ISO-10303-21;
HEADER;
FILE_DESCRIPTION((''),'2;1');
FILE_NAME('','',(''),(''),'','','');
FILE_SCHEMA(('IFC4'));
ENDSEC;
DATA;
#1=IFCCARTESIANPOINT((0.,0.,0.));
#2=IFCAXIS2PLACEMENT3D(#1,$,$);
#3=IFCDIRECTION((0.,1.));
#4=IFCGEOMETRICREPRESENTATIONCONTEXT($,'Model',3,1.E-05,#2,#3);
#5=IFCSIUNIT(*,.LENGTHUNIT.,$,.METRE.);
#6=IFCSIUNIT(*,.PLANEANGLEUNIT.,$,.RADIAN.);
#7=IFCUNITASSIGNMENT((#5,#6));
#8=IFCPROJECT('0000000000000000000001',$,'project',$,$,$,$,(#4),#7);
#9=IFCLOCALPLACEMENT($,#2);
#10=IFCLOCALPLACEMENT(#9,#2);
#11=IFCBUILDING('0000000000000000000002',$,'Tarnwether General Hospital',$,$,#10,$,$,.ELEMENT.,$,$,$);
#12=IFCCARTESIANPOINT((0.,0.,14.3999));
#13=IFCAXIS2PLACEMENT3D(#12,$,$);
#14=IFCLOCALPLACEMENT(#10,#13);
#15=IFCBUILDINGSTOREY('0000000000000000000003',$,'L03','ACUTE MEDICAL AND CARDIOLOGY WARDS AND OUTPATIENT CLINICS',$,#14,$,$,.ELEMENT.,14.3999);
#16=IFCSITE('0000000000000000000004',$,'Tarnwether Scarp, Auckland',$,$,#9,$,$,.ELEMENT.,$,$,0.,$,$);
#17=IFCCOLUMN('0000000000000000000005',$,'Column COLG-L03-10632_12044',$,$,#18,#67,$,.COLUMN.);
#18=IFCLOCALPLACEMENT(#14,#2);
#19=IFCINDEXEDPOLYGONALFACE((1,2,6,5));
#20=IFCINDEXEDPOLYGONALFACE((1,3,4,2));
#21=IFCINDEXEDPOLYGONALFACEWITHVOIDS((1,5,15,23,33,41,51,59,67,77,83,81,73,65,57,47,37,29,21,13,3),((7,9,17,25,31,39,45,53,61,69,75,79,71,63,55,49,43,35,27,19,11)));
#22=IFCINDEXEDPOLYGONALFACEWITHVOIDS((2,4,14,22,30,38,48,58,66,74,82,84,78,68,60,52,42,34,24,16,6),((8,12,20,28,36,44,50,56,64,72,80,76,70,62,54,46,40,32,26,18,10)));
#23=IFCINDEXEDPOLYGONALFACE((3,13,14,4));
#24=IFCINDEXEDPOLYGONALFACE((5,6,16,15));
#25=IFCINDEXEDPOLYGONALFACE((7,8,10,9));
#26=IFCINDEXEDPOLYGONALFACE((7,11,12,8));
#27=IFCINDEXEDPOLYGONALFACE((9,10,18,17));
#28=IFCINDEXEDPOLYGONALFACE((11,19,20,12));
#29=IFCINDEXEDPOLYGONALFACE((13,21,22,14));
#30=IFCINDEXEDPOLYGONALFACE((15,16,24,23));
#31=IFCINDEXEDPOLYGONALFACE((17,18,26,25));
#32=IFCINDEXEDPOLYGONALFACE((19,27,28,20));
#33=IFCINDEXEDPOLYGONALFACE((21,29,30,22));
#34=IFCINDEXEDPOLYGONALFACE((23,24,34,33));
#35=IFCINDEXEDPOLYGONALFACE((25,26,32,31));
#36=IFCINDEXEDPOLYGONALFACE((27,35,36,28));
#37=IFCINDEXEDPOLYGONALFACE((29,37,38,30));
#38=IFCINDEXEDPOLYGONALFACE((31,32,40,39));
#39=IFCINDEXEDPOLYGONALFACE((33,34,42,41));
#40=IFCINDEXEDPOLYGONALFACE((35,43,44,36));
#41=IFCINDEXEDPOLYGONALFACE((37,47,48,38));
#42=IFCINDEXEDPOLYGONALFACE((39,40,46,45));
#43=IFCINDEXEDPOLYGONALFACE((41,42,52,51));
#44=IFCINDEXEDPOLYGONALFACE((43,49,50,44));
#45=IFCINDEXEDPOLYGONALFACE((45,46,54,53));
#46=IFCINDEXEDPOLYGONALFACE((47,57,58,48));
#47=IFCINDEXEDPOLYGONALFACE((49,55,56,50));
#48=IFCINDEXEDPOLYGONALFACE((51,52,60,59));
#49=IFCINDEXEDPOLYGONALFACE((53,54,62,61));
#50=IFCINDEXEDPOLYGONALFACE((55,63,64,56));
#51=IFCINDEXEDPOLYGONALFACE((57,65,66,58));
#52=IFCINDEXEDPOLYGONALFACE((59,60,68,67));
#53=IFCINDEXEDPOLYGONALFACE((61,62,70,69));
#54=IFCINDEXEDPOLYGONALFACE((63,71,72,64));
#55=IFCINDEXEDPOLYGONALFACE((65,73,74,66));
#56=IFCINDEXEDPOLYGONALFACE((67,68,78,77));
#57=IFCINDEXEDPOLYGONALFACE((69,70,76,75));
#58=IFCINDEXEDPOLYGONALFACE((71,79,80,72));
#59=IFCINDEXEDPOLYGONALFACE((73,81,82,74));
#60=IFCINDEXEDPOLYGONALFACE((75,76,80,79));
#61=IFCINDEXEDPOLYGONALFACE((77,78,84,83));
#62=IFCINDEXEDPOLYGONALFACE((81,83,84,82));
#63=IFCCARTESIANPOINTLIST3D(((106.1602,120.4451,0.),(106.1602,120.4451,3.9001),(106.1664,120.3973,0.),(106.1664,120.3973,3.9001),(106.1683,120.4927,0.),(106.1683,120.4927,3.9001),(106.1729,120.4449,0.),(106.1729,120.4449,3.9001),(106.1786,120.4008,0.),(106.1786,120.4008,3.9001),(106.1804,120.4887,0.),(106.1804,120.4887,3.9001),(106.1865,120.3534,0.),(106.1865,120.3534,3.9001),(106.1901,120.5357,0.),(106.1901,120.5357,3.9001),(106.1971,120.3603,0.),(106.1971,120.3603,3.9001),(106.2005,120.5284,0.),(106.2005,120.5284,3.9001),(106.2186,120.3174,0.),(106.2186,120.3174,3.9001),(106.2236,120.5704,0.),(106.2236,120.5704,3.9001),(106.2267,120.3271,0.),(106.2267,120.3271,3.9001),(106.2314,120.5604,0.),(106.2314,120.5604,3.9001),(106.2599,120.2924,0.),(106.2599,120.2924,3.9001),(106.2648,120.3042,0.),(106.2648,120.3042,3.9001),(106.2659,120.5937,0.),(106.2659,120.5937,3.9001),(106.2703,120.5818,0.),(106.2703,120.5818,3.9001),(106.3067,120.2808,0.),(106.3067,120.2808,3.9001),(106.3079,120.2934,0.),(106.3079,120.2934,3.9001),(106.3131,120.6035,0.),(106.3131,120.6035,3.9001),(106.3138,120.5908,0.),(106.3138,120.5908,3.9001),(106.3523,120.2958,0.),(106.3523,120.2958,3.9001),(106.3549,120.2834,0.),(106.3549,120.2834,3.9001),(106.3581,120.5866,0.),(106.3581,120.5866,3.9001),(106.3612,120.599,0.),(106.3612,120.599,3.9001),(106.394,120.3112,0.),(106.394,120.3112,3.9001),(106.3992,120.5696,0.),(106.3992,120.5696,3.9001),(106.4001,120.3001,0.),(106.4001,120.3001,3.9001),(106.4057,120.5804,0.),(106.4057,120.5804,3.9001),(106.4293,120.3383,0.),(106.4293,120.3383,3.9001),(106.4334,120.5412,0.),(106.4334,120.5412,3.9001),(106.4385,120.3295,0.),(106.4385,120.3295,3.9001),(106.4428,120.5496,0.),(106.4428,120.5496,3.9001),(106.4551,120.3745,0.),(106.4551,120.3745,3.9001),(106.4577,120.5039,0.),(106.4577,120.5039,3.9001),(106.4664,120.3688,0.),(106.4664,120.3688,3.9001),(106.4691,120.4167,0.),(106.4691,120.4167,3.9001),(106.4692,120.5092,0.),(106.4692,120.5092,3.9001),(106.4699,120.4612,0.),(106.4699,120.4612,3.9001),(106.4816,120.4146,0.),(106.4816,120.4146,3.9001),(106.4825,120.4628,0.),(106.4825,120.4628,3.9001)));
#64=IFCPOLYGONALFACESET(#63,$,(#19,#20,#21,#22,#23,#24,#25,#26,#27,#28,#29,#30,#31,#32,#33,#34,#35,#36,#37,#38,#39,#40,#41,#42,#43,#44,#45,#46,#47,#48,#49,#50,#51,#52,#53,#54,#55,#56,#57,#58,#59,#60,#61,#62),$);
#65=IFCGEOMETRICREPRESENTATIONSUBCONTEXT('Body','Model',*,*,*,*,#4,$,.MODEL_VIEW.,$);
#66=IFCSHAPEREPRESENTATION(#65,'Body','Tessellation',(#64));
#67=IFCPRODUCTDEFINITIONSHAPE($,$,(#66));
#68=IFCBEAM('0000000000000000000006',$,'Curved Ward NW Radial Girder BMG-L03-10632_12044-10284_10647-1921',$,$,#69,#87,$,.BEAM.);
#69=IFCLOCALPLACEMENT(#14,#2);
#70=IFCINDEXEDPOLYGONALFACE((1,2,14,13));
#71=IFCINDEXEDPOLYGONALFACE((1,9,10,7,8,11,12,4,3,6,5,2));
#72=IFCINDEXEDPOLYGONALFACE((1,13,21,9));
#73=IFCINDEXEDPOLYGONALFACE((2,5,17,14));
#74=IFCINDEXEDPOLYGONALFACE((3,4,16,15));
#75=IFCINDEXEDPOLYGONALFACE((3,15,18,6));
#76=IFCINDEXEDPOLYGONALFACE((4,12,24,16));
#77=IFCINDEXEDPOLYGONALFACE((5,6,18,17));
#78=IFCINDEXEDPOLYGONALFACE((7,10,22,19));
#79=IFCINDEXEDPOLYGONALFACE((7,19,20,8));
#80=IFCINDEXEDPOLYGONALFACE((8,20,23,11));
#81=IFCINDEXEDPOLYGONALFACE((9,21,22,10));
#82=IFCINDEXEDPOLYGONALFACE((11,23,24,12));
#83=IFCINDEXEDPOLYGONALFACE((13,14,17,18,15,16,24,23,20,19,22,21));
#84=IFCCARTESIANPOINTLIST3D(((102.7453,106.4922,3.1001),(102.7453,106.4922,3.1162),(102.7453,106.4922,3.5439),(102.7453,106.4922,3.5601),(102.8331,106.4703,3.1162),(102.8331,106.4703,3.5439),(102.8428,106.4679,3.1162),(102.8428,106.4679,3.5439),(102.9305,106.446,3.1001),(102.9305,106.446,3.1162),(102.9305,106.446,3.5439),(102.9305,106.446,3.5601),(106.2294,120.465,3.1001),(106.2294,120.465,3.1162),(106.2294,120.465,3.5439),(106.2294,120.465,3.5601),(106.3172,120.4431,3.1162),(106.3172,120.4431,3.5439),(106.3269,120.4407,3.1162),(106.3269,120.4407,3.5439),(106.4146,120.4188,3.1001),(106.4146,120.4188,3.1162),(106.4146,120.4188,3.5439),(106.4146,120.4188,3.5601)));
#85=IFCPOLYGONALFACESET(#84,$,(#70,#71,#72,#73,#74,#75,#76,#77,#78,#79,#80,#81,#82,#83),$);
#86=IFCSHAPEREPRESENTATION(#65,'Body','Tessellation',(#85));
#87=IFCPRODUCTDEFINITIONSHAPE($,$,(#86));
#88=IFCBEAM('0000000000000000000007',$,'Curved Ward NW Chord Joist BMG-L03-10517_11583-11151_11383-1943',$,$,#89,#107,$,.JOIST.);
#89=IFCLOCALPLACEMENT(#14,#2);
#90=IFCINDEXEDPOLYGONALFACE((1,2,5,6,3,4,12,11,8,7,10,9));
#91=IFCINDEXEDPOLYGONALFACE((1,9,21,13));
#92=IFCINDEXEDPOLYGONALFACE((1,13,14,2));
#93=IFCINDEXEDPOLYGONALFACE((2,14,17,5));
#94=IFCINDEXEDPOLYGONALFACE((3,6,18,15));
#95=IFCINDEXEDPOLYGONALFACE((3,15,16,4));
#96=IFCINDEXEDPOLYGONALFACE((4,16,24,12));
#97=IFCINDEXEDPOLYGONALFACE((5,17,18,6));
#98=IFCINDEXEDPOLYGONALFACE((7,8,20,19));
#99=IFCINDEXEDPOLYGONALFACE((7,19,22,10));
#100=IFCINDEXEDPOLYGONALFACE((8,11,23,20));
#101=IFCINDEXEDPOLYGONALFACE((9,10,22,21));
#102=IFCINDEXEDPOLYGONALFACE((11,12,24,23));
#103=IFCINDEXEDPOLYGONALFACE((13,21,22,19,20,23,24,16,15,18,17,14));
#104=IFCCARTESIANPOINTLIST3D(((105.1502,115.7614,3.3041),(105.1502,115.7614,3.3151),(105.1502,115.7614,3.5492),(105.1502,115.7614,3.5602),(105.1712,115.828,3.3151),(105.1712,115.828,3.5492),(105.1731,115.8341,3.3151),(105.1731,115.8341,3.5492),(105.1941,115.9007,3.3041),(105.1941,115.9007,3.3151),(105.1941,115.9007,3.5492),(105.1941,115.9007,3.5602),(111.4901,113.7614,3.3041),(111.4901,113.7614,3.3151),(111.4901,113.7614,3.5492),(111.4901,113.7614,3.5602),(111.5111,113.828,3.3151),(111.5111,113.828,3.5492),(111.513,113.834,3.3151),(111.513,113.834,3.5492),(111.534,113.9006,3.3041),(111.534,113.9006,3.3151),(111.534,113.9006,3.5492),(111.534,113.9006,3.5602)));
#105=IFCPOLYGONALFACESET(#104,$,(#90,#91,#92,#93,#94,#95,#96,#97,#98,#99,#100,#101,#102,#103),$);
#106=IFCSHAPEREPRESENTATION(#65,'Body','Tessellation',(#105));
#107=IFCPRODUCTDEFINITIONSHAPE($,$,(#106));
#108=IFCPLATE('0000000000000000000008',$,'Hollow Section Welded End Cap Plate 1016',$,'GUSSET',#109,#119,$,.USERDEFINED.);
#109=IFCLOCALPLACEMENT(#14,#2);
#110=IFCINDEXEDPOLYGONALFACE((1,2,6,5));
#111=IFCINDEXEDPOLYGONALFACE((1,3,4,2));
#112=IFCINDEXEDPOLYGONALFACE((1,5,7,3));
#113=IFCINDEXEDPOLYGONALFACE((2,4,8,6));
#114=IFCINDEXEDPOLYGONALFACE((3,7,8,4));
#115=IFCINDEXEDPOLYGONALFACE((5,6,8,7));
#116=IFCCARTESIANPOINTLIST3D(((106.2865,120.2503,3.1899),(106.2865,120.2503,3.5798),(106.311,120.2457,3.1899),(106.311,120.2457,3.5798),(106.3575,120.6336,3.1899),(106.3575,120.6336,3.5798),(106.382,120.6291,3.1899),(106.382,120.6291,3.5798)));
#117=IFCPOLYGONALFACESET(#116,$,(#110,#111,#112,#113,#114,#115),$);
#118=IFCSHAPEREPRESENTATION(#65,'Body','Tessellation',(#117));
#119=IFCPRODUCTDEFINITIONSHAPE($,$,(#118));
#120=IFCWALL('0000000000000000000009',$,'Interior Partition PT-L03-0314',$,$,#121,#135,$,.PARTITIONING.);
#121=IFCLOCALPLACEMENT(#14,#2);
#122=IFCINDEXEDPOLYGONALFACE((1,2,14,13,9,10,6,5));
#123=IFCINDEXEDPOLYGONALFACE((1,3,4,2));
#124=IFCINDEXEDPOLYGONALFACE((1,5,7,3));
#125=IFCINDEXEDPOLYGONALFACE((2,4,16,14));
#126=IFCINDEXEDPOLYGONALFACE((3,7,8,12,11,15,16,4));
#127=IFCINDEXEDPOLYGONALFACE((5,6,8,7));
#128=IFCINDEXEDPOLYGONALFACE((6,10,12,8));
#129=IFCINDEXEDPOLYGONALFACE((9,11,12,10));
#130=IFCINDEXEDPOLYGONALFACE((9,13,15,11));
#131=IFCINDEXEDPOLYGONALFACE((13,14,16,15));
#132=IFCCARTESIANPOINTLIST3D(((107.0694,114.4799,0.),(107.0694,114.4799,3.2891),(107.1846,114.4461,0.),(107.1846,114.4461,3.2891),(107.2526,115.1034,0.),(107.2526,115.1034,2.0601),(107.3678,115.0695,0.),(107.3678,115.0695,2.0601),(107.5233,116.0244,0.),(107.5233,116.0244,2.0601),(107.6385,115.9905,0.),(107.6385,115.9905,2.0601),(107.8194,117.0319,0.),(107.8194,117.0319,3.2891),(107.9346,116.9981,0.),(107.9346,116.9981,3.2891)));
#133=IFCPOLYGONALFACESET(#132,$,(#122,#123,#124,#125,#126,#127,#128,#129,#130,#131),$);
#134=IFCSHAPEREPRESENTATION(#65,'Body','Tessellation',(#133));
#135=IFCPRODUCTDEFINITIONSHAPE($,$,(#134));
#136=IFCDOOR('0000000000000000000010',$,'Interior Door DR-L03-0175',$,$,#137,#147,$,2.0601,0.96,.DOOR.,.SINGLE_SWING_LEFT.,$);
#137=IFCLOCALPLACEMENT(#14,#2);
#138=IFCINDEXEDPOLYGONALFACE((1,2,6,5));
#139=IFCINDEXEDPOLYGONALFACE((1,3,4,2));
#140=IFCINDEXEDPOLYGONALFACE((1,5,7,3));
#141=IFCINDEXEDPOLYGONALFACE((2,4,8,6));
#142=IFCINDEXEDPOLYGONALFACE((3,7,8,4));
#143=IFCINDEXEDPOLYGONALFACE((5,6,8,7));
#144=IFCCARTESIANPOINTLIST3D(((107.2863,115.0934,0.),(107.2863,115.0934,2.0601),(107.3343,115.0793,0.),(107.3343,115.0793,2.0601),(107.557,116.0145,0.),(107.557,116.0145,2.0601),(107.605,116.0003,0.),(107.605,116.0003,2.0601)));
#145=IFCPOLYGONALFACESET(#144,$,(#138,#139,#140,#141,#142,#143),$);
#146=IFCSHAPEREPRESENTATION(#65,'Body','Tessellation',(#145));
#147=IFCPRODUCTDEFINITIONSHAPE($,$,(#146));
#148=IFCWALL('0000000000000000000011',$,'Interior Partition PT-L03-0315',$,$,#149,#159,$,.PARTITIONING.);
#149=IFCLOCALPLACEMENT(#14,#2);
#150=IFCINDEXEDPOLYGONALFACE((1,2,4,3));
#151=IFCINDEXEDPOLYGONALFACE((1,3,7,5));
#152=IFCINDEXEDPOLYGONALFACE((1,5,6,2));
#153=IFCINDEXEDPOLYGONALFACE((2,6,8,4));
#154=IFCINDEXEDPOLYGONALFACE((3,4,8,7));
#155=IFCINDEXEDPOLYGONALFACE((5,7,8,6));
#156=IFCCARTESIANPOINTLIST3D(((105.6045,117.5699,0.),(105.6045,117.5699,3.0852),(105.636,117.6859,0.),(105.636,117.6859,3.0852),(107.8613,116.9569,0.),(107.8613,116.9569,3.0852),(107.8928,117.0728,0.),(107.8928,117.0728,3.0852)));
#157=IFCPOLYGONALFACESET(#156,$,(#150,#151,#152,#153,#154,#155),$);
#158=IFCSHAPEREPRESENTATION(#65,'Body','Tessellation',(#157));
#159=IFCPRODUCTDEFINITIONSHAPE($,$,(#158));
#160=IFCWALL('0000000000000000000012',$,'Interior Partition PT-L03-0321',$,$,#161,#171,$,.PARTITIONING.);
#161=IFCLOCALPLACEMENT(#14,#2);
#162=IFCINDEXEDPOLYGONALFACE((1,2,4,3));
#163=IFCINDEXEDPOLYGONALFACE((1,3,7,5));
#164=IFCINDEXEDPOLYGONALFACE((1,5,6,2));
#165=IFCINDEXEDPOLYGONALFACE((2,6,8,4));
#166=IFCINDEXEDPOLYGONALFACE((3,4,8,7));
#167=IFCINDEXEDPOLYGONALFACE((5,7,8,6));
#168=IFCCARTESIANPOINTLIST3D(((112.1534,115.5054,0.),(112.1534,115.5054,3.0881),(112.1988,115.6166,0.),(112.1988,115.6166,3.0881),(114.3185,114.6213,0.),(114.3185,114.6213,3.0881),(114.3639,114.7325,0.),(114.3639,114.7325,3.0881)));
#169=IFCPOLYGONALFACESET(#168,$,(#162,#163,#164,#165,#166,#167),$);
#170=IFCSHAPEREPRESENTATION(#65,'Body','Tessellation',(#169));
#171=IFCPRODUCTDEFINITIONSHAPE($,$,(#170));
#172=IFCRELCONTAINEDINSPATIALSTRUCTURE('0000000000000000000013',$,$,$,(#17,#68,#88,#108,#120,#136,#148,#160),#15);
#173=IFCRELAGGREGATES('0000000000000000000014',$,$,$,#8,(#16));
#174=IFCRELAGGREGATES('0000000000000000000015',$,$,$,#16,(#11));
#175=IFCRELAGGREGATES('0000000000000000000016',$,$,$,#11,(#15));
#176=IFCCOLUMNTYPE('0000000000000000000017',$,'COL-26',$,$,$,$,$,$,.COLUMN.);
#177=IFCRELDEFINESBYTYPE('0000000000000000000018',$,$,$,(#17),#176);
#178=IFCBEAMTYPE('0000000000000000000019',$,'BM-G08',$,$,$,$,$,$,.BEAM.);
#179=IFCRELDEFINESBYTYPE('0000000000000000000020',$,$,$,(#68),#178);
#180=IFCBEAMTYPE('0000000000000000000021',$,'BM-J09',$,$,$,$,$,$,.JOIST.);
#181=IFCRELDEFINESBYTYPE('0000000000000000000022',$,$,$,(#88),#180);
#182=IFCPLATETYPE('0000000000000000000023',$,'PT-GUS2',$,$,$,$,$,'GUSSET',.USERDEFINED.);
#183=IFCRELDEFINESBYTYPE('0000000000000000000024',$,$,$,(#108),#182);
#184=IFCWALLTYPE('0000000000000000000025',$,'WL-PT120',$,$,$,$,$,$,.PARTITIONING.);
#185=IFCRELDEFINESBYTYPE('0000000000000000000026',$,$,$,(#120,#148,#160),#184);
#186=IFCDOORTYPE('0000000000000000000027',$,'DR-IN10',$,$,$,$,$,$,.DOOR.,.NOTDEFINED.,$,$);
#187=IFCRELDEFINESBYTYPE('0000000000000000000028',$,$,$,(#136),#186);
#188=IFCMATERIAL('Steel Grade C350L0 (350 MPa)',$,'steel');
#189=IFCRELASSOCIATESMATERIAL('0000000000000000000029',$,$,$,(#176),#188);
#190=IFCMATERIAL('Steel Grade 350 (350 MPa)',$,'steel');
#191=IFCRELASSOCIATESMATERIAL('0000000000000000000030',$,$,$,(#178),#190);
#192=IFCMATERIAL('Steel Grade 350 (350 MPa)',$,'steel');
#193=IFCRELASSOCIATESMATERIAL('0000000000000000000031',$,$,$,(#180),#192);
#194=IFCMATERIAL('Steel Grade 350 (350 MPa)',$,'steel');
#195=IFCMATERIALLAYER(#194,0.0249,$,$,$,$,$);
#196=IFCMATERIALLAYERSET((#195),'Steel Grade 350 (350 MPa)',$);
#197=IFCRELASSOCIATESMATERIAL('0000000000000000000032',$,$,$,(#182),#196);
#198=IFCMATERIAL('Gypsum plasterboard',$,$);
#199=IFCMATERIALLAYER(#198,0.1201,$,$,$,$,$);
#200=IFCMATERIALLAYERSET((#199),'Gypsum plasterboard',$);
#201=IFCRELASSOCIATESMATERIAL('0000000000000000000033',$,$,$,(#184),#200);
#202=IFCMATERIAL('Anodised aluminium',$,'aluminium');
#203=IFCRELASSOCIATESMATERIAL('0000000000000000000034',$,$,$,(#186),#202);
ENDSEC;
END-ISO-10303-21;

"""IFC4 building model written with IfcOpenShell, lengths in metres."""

from ifc_helpers import new_model, si_unit, direction, frame, frame_2d, origin, origin_2d, place, context, subcontext, project, spatial, rectangle, hollow_circle, i_section, extrude, material, layer, layer_set, material_profile, profile_set, type_object, element, fill, save


model = new_model("IFC4")

# Units and contexts
model_context = context("Model", 3, precision=1e-05, world=origin(), true_north=direction((0.0, 1.0)))
body_context = subcontext(model_context, "Body", "Model", "MODEL_VIEW")
ifc_project = project(units=[si_unit("LENGTHUNIT", "METRE"), si_unit("PLANEANGLEUNIT", "RADIAN")], contexts=[model_context])

# Site, building, storey
site_placement = place(None, origin())
site = spatial("IfcSite", under=ifc_project, at=site_placement, Name="Tarnwether Scarp, Auckland", CompositionType="ELEMENT", RefElevation=0.0)
building_placement = place(site_placement, origin())
building = spatial("IfcBuilding", under=site, at=building_placement, Name="Tarnwether General Hospital", CompositionType="ELEMENT")
storey_placement = place(building_placement, frame((0.0, 0.0, 14.3999)))
storey = spatial("IfcBuildingStorey", under=building, at=storey_placement, Name="L03", Description="ACUTE MEDICAL AND CARDIOLOGY WARDS AND OUTPATIENT CLINICS", CompositionType="ELEMENT", Elevation=14.3999)

# Column
ifc_material_1 = material(Name="Steel Grade C350L0 (350 MPa)", Category="steel")
ifc_material_profile_1 = material_profile(ifc_material_1, hollow_circle(Radius=0.1619, WallThickness=0.0127, at=origin_2d()), Name="CHS323.9x12.7")
ifc_profile_set_1 = profile_set([ifc_material_profile_1], Name="Steel Grade C350L0 (350 MPa)")
column_type = type_object("IfcColumnType", Name="COL-26", PredefinedType="COLUMN", material=ifc_profile_set_1)
column_placement = place(storey_placement, frame((106.322, 120.4419, 0.0), z_axis=(0.0, 0.0, 1.0), x_axis=(0.241922, 0.970296, 0.0)))
element("IfcColumn", 1, at=column_placement, inside=storey, type_object=column_type, Name="Column COLG-L03-10632_12044", PredefinedType="COLUMN", context=body_context, shape_type="SweptSolid", body=[
    extrude(hollow_circle(Radius=0.1619, WallThickness=0.0127, at=origin_2d()), origin(), (0.0, 0.0, 1.0), 3.9001),
])

# Beams
ifc_material_2 = material(Name="Steel Grade 350 (350 MPa)", Category="steel")
ifc_material_profile_2 = material_profile(ifc_material_2, i_section(OverallWidth=0.1909, OverallDepth=0.46, WebThickness=0.01, FlangeThickness=0.0161, at=origin_2d()), Name="460UB82.1")
ifc_profile_set_2 = profile_set([ifc_material_profile_2], Name="Steel Grade 350 (350 MPa)")
beam_type_1 = type_object("IfcBeamType", Name="BM-G08", PredefinedType="BEAM", material=ifc_profile_set_2)
beam_1_placement = place(storey_placement, frame((106.322, 120.4419, 3.3301), z_axis=(-0.241941, -0.970291, 0.0), x_axis=(0.970291, -0.241941, 0.0)))
element("IfcBeam", 2, at=beam_1_placement, inside=storey, type_object=beam_type_1, Name="Curved Ward NW Radial Girder BMG-L03-10632_12044-10284_10647-1921", PredefinedType="BEAM", context=body_context, shape_type="SweptSolid", body=[
    extrude(i_section(OverallWidth=0.1909, OverallDepth=0.46, WebThickness=0.01, FlangeThickness=0.0161, at=origin_2d()), origin(), (0.0, 0.0, 1.0), 14.4006),
])
ifc_material_3 = material(Name="Steel Grade 350 (350 MPa)", Category="steel")
ifc_material_profile_3 = material_profile(ifc_material_3, i_section(OverallWidth=0.146, OverallDepth=0.2561, WebThickness=0.0063, FlangeThickness=0.011, at=origin_2d()), Name="250UB37.3")
ifc_profile_set_3 = profile_set([ifc_material_profile_3], Name="Steel Grade 350 (350 MPa)")
beam_type_2 = type_object("IfcBeamType", Name="BM-J09", PredefinedType="JOIST", material=ifc_profile_set_3)
beam_2_placement = place(storey_placement, frame((105.1721, 115.8311, 3.4321), z_axis=(0.953671, -0.30085, 0.0), x_axis=(0.30085, 0.953671, 0.0)))
element("IfcBeam", 3, at=beam_2_placement, inside=storey, type_object=beam_type_2, Name="Curved Ward NW Chord Joist BMG-L03-10517_11583-11151_11383-1943", PredefinedType="JOIST", context=body_context, shape_type="SweptSolid", body=[
    extrude(i_section(OverallWidth=0.146, OverallDepth=0.2561, WebThickness=0.0063, FlangeThickness=0.011, at=origin_2d()), origin(), (0.0, 0.0, 1.0), 6.6479),
])

# Plate
ifc_material_4 = material(Name="Steel Grade 350 (350 MPa)", Category="steel")
ifc_layer_1 = layer(ifc_material_4, 0.0249)
ifc_layer_set_1 = layer_set([ifc_layer_1], Name="Steel Grade 350 (350 MPa)")
plate_type = type_object("IfcPlateType", Name="PT-GUS2", ElementType="GUSSET", PredefinedType="USERDEFINED", material=ifc_layer_set_1)
plate_placement = place(storey_placement, frame((106.3342, 120.4397, 3.1899), z_axis=(0.0, 0.0, 1.0), x_axis=(0.983261, -0.182201, 0.0)))
element("IfcPlate", 4, at=plate_placement, inside=storey, type_object=plate_type, Name="Hollow Section Welded End Cap Plate 1016", ObjectType="GUSSET", PredefinedType="USERDEFINED", context=body_context, shape_type="SweptSolid", body=[
    extrude(rectangle(XDim=0.0249, YDim=0.3899, at=origin_2d()), origin(), (0.0, 0.0, 1.0), 0.3899),
])

# Wall, opening, door
ifc_material_5 = material(Name="Gypsum plasterboard")
ifc_layer_2 = layer(ifc_material_5, 0.1201)
ifc_layer_set_2 = layer_set([ifc_layer_2], Name="Gypsum plasterboard")
wall_type_1 = type_object("IfcWallType", Name="WL-PT120", PredefinedType="PARTITIONING", material=ifc_layer_set_2)
wall_1_placement = place(storey_placement, frame((107.127, 114.4629, 0.0), z_axis=(0.0, 0.0, 1.0), x_axis=(0.281963, 0.959425, 0.0)))
wall_1 = element("IfcWall", 5, at=wall_1_placement, inside=storey, type_object=wall_type_1, Name="Interior Partition PT-L03-0314", PredefinedType="PARTITIONING", context=body_context, shape_type="SweptSolid", body=[
    extrude(rectangle(XDim=2.6599, YDim=0.1201, at=frame_2d((1.3301, 0.0))), origin(), (0.0, 0.0, 1.0), 3.2891),
])
opening_1_placement = place(wall_1_placement, frame((0.6499, 0.0, 0.0)))
opening_1 = element("IfcOpeningElement", 6, at=opening_1_placement, cuts=wall_1, PredefinedType="OPENING", context=body_context, shape_type="SweptSolid", body=[
    extrude(rectangle(XDim=0.96, YDim=2.0601, at=frame_2d((0.48, 1.03))), frame((0.0, 0.0701, 0.0), z_axis=(0.0, -1.0, 0.0), x_axis=(1.0, 0.0, 0.0)), (0.0, 0.0, 1.0), 0.1401),
])
ifc_material_6 = material(Name="Anodised aluminium", Category="aluminium")
door_type_1 = type_object("IfcDoorType", Name="DR-IN10", OperationType="NOTDEFINED", PredefinedType="DOOR", material=ifc_material_6)
door_1_placement = place(opening_1_placement, origin())
door_1 = element("IfcDoor", 7, at=door_1_placement, inside=storey, type_object=door_type_1, Name="Interior Door DR-L03-0175", OperationType="SINGLE_SWING_LEFT", OverallHeight=2.0601, OverallWidth=0.96, PredefinedType="DOOR", context=body_context, shape_type="SweptSolid", body=[
    extrude(rectangle(XDim=0.96, YDim=2.0601, at=frame_2d((0.48, 1.03))), frame((0.0, 0.0249, 0.0), z_axis=(0.0, -1.0, 0.0), x_axis=(1.0, 0.0, 0.0)), (0.0, 0.0, 1.0), 0.05),
])
fill(opening_1, door_1)

# Walls
wall_2_placement = place(storey_placement, frame((105.6201, 117.6279, 0.0), z_axis=(0.0, 0.0, 1.0), x_axis=(0.965031, -0.262137, 0.0)))
element("IfcWall", 8, at=wall_2_placement, inside=storey, type_object=wall_type_1, Name="Interior Partition PT-L03-0315", PredefinedType="PARTITIONING", context=body_context, shape_type="SweptSolid", body=[
    extrude(rectangle(XDim=2.3386, YDim=0.1201, at=frame_2d((1.1694, 0.0))), origin(), (0.0, 0.0, 1.0), 3.0852),
])
wall_3_placement = place(storey_placement, frame((112.176, 115.561, 0.0), z_axis=(0.0, 0.0, 1.0), x_axis=(0.925796, -0.378023, 0.0)))
element("IfcWall", 9, at=wall_3_placement, inside=storey, type_object=wall_type_1, Name="Interior Partition PT-L03-0321", PredefinedType="PARTITIONING", context=body_context, shape_type="SweptSolid", body=[
    extrude(rectangle(XDim=2.3386, YDim=0.1201, at=frame_2d((1.1694, 0.0))), origin(), (0.0, 0.0, 1.0), 3.0881),
])

save(model, "model.ifc")
